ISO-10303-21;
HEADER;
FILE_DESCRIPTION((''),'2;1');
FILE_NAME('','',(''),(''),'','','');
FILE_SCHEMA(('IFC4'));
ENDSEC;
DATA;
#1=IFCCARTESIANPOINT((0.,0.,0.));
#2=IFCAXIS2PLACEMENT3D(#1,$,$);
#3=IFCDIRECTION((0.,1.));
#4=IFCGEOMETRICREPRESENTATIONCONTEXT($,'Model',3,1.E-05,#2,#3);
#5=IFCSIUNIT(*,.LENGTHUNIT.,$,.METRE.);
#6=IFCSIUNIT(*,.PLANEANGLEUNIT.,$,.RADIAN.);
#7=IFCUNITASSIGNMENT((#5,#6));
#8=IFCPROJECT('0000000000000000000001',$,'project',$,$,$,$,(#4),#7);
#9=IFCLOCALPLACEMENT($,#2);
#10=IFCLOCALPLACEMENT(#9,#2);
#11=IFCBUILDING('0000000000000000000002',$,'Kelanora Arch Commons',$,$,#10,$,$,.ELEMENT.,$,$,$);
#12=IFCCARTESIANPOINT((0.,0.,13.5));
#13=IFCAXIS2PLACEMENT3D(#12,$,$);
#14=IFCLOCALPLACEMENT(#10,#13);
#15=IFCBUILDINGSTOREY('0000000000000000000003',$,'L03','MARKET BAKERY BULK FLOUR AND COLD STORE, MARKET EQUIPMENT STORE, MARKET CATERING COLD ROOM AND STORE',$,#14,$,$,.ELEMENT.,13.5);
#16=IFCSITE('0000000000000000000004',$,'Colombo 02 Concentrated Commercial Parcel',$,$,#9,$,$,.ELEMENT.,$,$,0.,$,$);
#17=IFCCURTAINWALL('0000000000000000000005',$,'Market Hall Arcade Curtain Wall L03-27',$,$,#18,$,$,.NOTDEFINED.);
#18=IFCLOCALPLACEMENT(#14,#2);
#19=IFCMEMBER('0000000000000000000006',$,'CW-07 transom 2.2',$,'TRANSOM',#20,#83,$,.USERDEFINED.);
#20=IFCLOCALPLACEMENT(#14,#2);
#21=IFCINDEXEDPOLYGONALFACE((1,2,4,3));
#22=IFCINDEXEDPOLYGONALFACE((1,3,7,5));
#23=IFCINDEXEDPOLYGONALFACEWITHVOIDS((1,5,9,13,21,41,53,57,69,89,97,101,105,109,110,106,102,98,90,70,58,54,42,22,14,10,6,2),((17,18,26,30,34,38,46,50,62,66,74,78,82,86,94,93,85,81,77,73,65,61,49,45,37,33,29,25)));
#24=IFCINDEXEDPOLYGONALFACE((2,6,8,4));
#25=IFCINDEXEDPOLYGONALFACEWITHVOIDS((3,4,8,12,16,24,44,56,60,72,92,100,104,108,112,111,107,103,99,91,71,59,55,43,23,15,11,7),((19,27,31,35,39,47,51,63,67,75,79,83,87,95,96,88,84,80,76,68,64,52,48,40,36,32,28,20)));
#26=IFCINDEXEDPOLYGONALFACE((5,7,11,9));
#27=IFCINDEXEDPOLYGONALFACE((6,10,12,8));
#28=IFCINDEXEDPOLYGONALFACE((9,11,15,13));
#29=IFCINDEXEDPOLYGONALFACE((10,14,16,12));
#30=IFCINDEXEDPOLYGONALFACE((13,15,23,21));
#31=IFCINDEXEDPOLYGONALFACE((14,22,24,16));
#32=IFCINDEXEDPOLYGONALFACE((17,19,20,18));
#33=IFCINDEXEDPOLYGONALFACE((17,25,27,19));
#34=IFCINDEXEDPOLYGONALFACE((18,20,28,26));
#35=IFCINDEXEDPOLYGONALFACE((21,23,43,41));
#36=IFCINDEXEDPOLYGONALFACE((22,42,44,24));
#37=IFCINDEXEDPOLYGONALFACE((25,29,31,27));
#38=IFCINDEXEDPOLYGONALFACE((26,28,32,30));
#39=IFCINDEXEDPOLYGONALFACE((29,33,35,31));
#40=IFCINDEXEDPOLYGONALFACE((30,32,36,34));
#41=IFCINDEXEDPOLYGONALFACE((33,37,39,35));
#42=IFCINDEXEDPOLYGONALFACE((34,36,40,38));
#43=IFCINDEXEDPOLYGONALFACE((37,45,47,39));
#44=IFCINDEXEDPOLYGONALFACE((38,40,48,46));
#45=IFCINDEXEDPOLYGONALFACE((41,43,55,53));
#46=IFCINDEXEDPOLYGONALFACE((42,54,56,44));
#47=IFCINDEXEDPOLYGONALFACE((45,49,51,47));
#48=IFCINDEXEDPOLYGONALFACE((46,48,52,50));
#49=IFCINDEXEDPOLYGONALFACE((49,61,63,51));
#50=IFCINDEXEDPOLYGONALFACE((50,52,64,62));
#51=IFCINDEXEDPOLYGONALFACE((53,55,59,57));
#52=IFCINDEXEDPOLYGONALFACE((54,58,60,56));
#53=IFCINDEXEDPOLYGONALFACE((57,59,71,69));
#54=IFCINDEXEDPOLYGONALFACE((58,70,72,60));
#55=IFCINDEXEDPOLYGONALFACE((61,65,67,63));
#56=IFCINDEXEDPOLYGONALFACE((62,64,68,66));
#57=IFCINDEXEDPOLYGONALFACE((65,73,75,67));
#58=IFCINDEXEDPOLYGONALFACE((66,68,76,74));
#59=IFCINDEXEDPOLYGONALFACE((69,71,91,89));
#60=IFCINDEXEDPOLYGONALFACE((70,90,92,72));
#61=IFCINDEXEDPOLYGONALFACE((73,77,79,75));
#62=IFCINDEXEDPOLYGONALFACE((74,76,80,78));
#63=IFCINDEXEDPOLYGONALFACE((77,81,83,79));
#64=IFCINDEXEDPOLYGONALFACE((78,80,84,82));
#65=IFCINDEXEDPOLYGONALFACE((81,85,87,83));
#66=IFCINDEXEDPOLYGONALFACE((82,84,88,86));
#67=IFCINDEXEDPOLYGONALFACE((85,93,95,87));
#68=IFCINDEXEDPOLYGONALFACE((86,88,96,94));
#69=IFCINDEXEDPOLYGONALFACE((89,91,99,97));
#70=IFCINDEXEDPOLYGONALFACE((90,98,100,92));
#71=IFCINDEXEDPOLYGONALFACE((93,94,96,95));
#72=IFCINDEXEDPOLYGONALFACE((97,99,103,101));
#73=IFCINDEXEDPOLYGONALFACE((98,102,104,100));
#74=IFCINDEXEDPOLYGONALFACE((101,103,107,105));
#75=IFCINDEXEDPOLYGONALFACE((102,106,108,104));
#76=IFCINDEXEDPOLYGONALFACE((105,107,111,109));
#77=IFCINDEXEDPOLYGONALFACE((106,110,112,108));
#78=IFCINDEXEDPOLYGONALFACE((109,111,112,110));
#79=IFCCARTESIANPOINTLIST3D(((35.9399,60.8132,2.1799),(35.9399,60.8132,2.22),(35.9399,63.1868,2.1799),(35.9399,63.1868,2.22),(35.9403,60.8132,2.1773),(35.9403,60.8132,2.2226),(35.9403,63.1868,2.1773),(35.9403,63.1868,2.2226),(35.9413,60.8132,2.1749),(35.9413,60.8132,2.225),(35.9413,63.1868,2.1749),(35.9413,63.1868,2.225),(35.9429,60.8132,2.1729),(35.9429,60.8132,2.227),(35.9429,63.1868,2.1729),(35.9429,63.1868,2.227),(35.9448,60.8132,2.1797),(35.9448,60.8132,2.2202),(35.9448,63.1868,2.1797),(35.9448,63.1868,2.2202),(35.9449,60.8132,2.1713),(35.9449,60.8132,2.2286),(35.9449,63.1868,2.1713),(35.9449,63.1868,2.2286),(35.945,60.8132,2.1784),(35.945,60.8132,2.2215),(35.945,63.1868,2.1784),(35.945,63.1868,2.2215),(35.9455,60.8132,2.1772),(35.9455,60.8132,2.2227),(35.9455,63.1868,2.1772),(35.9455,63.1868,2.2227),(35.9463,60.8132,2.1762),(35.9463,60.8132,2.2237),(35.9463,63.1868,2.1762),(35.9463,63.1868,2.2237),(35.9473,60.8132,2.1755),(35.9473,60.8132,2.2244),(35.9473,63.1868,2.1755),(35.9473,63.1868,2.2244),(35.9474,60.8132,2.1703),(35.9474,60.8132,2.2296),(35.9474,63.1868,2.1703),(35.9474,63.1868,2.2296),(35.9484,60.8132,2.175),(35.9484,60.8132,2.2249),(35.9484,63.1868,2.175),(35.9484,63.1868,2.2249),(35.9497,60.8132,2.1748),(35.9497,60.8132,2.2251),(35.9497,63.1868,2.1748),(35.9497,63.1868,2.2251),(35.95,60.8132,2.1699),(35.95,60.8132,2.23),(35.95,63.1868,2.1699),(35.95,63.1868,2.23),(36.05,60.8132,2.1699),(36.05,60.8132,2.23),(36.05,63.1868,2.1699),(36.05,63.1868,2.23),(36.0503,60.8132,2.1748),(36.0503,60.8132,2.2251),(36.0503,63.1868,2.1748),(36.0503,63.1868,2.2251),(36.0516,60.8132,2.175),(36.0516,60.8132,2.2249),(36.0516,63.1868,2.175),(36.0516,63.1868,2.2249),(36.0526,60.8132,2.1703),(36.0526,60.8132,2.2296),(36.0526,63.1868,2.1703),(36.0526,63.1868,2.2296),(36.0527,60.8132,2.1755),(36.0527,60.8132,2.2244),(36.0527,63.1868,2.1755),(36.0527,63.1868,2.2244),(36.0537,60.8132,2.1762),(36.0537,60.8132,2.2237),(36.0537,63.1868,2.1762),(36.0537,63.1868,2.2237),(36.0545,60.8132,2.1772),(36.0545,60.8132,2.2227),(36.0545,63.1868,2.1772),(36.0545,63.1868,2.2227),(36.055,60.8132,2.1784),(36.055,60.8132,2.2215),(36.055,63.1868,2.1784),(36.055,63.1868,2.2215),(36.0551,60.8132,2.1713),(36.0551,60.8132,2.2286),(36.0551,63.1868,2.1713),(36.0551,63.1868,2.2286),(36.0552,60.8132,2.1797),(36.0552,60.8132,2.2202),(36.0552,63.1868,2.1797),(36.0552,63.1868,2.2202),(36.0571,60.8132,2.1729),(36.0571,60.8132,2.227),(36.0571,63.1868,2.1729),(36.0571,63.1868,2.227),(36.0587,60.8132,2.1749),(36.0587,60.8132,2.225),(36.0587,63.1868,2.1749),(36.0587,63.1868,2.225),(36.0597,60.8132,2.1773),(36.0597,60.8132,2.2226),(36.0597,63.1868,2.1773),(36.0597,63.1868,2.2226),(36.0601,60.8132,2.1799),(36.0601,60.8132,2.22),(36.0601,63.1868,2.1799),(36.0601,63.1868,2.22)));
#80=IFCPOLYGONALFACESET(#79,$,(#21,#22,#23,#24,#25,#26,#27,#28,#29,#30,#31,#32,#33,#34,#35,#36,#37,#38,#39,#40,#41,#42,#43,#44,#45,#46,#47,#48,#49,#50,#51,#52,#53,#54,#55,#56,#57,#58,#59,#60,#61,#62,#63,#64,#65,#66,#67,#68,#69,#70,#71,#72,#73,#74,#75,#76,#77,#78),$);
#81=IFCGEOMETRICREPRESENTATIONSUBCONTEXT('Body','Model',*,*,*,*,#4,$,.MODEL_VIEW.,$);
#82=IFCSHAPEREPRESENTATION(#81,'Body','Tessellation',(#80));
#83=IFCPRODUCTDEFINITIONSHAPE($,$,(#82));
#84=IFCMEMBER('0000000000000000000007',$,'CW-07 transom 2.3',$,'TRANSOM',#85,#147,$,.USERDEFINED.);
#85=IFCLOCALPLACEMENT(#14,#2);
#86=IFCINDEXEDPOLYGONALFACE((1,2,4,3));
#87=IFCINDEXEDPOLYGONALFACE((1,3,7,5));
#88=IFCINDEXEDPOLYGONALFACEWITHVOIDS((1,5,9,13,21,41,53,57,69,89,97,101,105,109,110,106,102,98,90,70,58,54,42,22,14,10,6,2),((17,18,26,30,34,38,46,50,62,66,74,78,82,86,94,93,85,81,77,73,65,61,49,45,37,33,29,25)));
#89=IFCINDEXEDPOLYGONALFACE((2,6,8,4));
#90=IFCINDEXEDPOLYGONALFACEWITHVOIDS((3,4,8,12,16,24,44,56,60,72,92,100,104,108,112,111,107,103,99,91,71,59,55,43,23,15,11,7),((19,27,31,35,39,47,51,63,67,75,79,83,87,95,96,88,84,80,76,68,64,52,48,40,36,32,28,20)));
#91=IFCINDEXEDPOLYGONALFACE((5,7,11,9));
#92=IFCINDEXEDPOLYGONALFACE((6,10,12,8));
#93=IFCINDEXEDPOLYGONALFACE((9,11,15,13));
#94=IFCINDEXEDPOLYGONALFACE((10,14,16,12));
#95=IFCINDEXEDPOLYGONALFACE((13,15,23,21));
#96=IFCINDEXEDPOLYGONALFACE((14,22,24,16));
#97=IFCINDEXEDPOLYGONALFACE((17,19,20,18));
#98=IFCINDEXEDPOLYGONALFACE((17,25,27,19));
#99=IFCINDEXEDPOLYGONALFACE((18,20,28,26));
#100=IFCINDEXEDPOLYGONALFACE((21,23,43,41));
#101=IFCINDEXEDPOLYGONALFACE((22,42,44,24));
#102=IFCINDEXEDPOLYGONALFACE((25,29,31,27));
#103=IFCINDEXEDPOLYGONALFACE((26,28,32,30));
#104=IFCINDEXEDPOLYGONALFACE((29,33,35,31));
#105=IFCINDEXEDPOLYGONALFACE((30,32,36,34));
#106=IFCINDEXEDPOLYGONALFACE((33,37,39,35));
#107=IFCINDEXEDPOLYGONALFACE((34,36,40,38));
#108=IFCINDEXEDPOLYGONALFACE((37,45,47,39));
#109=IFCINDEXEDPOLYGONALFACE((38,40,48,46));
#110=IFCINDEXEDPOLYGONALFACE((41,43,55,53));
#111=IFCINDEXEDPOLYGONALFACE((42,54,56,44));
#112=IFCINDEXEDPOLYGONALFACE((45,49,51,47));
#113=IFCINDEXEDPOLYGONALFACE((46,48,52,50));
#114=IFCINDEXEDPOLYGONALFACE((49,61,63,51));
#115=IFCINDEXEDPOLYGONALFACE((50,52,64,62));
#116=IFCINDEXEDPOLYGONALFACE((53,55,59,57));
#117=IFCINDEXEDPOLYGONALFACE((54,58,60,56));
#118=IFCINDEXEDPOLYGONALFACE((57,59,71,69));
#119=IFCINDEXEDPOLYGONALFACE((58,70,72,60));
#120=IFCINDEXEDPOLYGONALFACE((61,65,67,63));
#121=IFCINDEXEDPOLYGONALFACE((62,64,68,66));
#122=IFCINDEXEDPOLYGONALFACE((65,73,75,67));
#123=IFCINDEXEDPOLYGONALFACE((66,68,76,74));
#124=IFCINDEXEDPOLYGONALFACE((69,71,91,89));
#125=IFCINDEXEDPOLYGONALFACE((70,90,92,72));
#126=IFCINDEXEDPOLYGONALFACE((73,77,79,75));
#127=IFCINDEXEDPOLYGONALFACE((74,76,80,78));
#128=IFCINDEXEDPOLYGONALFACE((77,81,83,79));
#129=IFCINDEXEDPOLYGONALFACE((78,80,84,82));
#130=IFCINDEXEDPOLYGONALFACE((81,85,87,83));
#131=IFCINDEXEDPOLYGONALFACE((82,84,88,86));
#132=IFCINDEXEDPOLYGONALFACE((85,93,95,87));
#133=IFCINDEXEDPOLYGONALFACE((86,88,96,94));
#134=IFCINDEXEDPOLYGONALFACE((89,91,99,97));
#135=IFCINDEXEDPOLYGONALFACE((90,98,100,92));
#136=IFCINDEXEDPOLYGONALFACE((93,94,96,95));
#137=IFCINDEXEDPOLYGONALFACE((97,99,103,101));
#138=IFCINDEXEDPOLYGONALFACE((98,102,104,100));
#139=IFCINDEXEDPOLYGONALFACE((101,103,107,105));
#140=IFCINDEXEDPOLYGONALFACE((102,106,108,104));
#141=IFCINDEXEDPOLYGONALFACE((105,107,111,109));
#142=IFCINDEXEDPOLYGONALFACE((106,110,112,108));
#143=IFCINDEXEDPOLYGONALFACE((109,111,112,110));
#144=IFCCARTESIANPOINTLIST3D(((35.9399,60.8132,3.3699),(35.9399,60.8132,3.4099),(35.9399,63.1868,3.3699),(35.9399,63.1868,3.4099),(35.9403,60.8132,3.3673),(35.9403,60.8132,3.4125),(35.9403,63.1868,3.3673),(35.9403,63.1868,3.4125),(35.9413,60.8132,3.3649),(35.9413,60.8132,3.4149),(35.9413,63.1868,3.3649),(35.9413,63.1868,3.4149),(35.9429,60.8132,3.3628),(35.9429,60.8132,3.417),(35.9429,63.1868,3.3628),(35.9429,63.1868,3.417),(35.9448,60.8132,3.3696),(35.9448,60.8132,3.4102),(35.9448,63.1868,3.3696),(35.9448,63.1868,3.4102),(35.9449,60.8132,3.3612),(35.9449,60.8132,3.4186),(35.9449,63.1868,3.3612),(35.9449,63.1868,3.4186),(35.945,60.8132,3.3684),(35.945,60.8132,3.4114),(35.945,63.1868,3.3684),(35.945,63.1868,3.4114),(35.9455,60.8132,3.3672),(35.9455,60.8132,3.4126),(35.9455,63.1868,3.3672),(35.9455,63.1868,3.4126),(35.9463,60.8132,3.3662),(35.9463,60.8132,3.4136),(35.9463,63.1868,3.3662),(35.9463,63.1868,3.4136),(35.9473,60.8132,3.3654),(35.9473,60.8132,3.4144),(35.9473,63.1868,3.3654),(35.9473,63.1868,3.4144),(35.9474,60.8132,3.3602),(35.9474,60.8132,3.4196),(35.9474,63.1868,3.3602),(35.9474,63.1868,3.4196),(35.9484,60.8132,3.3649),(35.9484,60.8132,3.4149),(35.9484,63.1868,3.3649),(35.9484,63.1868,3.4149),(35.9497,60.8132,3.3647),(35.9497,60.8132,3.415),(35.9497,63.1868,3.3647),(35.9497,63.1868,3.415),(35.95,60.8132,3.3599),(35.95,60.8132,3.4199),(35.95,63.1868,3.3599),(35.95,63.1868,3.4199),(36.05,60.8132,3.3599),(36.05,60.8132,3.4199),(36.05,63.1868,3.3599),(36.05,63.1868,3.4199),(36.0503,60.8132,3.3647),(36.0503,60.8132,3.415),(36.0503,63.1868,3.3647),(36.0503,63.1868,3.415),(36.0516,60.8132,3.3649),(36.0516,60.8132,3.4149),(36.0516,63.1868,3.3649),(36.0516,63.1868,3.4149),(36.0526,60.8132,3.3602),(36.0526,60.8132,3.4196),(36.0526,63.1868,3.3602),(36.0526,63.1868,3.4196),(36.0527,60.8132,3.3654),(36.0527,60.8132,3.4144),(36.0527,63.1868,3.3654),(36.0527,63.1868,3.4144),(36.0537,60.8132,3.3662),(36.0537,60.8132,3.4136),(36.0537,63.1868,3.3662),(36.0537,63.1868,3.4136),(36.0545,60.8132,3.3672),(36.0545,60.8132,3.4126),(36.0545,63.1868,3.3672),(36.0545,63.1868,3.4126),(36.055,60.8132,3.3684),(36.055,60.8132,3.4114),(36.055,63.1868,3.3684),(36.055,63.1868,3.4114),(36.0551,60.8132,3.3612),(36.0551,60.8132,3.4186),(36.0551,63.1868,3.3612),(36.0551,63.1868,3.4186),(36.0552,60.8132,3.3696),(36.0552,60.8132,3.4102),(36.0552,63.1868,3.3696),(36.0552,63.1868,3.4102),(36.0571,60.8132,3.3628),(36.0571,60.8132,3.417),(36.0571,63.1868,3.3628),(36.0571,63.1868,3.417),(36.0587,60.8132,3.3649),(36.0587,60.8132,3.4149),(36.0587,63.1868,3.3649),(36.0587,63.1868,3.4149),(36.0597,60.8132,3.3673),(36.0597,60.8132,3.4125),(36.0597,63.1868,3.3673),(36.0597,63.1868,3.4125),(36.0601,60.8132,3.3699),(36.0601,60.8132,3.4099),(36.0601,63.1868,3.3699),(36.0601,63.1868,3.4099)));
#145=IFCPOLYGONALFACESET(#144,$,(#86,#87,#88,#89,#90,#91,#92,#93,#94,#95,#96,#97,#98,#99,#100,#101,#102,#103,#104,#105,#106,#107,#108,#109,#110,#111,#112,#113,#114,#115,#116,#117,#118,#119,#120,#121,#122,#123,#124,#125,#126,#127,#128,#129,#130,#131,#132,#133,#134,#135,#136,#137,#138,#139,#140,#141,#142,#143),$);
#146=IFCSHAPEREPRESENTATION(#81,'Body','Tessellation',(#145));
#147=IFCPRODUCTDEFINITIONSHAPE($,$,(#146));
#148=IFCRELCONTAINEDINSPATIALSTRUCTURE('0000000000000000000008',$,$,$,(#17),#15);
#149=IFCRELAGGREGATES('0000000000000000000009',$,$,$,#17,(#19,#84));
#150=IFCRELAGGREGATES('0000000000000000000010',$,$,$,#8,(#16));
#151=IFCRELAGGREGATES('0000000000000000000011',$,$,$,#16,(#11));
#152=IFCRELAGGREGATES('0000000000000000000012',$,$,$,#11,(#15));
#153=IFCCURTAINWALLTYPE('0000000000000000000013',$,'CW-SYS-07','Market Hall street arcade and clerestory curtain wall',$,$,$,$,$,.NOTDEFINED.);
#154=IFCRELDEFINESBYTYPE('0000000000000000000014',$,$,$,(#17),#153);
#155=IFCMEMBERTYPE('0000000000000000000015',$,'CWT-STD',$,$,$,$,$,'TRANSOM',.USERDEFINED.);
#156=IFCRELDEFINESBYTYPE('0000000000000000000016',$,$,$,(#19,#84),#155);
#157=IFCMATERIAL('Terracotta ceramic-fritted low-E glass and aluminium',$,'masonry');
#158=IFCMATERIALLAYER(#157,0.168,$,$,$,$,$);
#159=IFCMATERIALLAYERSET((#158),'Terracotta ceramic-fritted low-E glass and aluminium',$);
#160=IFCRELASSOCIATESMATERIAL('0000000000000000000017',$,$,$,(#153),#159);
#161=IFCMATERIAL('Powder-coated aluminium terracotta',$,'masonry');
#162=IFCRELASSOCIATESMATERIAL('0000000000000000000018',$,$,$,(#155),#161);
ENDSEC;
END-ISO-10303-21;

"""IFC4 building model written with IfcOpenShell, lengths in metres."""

from ifc_helpers import new_model, si_unit, direction, frame, origin, origin_2d, place, context, subcontext, project, spatial, hollow_rectangle, extrude, material, layer, layer_set, material_profile, profile_set, type_object, element, aggregate, save


model = new_model("IFC4")

# Units and contexts
model_context = context("Model", 3, precision=1e-05, world=origin(), true_north=direction((0.0, 1.0)))
body_context = subcontext(model_context, "Body", "Model", "MODEL_VIEW")
ifc_project = project(units=[si_unit("LENGTHUNIT", "METRE"), si_unit("PLANEANGLEUNIT", "RADIAN")], contexts=[model_context])

# Site, building, storey
site_placement = place(None, origin())
site = spatial("IfcSite", under=ifc_project, at=site_placement, Name="Colombo 02 Concentrated Commercial Parcel", CompositionType="ELEMENT", RefElevation=0.0)
building_placement = place(site_placement, origin())
building = spatial("IfcBuilding", under=site, at=building_placement, Name="Kelanora Arch Commons", CompositionType="ELEMENT")
storey_placement = place(building_placement, frame((0.0, 0.0, 13.5)))
storey = spatial("IfcBuildingStorey", under=building, at=storey_placement, Name="L03", Description="MARKET BAKERY BULK FLOUR AND COLD STORE, MARKET EQUIPMENT STORE, MARKET CATERING COLD ROOM AND STORE", CompositionType="ELEMENT", Elevation=13.5)

# Curtain wall, members
ifc_material_1 = material(Name="Terracotta ceramic-fritted low-E glass and aluminium", Category="masonry")
ifc_layer_1 = layer(ifc_material_1, 0.168)
ifc_layer_set_1 = layer_set([ifc_layer_1], Name="Terracotta ceramic-fritted low-E glass and aluminium")
curtain_wall_type = type_object("IfcCurtainWallType", Name="CW-SYS-07", Description="Market Hall street arcade and clerestory curtain wall", PredefinedType="NOTDEFINED", material=ifc_layer_set_1)
curtain_wall_placement = place(storey_placement, origin())
curtain_wall = element("IfcCurtainWall", 1, at=curtain_wall_placement, inside=storey, type_object=curtain_wall_type, Name="Market Hall Arcade Curtain Wall L03-27", PredefinedType="NOTDEFINED")
ifc_material_2 = material(Name="Powder-coated aluminium terracotta", Category="masonry")
ifc_material_profile_1 = material_profile(ifc_material_2, hollow_rectangle(XDim=0.1201, YDim=0.0601, WallThickness=0.0049, InnerFilletRadius=0.0049, OuterFilletRadius=0.01, at=origin_2d()), Name="CWT120x60")
ifc_profile_set_1 = profile_set([ifc_material_profile_1], Name="Powder-coated aluminium terracotta")
member_type_1 = type_object("IfcMemberType", Name="CWT-STD", ElementType="TRANSOM", PredefinedType="USERDEFINED", material=ifc_profile_set_1)
member_1_placement = place(storey_placement, frame((36.0, 60.8132, 2.2), z_axis=(0.0, 1.0, 0.0), x_axis=(-1.0, 0.0, 0.0)))
member_1 = element("IfcMember", 2, at=member_1_placement, type_object=member_type_1, Name="CW-07 transom 2.2", ObjectType="TRANSOM", PredefinedType="USERDEFINED", context=body_context, shape_type="SweptSolid", body=[
    extrude(hollow_rectangle(XDim=0.1201, YDim=0.0601, WallThickness=0.0049, InnerFilletRadius=0.0049, OuterFilletRadius=0.01, at=origin_2d()), origin(), (0.0, 0.0, 1.0), 2.3735),
])
member_2_placement = place(storey_placement, frame((36.0, 60.8132, 3.3899), z_axis=(0.0, 1.0, 0.0), x_axis=(-1.0, 0.0, 0.0)))
member_2 = element("IfcMember", 3, at=member_2_placement, type_object=member_type_1, Name="CW-07 transom 2.3", ObjectType="TRANSOM", PredefinedType="USERDEFINED", context=body_context, shape_type="SweptSolid", body=[
    extrude(hollow_rectangle(XDim=0.1201, YDim=0.0601, WallThickness=0.0049, InnerFilletRadius=0.0049, OuterFilletRadius=0.01, at=origin_2d()), origin(), (0.0, 0.0, 1.0), 2.3735),
])
aggregate(curtain_wall, [member_1, member_2])

save(model, "model.ifc")
